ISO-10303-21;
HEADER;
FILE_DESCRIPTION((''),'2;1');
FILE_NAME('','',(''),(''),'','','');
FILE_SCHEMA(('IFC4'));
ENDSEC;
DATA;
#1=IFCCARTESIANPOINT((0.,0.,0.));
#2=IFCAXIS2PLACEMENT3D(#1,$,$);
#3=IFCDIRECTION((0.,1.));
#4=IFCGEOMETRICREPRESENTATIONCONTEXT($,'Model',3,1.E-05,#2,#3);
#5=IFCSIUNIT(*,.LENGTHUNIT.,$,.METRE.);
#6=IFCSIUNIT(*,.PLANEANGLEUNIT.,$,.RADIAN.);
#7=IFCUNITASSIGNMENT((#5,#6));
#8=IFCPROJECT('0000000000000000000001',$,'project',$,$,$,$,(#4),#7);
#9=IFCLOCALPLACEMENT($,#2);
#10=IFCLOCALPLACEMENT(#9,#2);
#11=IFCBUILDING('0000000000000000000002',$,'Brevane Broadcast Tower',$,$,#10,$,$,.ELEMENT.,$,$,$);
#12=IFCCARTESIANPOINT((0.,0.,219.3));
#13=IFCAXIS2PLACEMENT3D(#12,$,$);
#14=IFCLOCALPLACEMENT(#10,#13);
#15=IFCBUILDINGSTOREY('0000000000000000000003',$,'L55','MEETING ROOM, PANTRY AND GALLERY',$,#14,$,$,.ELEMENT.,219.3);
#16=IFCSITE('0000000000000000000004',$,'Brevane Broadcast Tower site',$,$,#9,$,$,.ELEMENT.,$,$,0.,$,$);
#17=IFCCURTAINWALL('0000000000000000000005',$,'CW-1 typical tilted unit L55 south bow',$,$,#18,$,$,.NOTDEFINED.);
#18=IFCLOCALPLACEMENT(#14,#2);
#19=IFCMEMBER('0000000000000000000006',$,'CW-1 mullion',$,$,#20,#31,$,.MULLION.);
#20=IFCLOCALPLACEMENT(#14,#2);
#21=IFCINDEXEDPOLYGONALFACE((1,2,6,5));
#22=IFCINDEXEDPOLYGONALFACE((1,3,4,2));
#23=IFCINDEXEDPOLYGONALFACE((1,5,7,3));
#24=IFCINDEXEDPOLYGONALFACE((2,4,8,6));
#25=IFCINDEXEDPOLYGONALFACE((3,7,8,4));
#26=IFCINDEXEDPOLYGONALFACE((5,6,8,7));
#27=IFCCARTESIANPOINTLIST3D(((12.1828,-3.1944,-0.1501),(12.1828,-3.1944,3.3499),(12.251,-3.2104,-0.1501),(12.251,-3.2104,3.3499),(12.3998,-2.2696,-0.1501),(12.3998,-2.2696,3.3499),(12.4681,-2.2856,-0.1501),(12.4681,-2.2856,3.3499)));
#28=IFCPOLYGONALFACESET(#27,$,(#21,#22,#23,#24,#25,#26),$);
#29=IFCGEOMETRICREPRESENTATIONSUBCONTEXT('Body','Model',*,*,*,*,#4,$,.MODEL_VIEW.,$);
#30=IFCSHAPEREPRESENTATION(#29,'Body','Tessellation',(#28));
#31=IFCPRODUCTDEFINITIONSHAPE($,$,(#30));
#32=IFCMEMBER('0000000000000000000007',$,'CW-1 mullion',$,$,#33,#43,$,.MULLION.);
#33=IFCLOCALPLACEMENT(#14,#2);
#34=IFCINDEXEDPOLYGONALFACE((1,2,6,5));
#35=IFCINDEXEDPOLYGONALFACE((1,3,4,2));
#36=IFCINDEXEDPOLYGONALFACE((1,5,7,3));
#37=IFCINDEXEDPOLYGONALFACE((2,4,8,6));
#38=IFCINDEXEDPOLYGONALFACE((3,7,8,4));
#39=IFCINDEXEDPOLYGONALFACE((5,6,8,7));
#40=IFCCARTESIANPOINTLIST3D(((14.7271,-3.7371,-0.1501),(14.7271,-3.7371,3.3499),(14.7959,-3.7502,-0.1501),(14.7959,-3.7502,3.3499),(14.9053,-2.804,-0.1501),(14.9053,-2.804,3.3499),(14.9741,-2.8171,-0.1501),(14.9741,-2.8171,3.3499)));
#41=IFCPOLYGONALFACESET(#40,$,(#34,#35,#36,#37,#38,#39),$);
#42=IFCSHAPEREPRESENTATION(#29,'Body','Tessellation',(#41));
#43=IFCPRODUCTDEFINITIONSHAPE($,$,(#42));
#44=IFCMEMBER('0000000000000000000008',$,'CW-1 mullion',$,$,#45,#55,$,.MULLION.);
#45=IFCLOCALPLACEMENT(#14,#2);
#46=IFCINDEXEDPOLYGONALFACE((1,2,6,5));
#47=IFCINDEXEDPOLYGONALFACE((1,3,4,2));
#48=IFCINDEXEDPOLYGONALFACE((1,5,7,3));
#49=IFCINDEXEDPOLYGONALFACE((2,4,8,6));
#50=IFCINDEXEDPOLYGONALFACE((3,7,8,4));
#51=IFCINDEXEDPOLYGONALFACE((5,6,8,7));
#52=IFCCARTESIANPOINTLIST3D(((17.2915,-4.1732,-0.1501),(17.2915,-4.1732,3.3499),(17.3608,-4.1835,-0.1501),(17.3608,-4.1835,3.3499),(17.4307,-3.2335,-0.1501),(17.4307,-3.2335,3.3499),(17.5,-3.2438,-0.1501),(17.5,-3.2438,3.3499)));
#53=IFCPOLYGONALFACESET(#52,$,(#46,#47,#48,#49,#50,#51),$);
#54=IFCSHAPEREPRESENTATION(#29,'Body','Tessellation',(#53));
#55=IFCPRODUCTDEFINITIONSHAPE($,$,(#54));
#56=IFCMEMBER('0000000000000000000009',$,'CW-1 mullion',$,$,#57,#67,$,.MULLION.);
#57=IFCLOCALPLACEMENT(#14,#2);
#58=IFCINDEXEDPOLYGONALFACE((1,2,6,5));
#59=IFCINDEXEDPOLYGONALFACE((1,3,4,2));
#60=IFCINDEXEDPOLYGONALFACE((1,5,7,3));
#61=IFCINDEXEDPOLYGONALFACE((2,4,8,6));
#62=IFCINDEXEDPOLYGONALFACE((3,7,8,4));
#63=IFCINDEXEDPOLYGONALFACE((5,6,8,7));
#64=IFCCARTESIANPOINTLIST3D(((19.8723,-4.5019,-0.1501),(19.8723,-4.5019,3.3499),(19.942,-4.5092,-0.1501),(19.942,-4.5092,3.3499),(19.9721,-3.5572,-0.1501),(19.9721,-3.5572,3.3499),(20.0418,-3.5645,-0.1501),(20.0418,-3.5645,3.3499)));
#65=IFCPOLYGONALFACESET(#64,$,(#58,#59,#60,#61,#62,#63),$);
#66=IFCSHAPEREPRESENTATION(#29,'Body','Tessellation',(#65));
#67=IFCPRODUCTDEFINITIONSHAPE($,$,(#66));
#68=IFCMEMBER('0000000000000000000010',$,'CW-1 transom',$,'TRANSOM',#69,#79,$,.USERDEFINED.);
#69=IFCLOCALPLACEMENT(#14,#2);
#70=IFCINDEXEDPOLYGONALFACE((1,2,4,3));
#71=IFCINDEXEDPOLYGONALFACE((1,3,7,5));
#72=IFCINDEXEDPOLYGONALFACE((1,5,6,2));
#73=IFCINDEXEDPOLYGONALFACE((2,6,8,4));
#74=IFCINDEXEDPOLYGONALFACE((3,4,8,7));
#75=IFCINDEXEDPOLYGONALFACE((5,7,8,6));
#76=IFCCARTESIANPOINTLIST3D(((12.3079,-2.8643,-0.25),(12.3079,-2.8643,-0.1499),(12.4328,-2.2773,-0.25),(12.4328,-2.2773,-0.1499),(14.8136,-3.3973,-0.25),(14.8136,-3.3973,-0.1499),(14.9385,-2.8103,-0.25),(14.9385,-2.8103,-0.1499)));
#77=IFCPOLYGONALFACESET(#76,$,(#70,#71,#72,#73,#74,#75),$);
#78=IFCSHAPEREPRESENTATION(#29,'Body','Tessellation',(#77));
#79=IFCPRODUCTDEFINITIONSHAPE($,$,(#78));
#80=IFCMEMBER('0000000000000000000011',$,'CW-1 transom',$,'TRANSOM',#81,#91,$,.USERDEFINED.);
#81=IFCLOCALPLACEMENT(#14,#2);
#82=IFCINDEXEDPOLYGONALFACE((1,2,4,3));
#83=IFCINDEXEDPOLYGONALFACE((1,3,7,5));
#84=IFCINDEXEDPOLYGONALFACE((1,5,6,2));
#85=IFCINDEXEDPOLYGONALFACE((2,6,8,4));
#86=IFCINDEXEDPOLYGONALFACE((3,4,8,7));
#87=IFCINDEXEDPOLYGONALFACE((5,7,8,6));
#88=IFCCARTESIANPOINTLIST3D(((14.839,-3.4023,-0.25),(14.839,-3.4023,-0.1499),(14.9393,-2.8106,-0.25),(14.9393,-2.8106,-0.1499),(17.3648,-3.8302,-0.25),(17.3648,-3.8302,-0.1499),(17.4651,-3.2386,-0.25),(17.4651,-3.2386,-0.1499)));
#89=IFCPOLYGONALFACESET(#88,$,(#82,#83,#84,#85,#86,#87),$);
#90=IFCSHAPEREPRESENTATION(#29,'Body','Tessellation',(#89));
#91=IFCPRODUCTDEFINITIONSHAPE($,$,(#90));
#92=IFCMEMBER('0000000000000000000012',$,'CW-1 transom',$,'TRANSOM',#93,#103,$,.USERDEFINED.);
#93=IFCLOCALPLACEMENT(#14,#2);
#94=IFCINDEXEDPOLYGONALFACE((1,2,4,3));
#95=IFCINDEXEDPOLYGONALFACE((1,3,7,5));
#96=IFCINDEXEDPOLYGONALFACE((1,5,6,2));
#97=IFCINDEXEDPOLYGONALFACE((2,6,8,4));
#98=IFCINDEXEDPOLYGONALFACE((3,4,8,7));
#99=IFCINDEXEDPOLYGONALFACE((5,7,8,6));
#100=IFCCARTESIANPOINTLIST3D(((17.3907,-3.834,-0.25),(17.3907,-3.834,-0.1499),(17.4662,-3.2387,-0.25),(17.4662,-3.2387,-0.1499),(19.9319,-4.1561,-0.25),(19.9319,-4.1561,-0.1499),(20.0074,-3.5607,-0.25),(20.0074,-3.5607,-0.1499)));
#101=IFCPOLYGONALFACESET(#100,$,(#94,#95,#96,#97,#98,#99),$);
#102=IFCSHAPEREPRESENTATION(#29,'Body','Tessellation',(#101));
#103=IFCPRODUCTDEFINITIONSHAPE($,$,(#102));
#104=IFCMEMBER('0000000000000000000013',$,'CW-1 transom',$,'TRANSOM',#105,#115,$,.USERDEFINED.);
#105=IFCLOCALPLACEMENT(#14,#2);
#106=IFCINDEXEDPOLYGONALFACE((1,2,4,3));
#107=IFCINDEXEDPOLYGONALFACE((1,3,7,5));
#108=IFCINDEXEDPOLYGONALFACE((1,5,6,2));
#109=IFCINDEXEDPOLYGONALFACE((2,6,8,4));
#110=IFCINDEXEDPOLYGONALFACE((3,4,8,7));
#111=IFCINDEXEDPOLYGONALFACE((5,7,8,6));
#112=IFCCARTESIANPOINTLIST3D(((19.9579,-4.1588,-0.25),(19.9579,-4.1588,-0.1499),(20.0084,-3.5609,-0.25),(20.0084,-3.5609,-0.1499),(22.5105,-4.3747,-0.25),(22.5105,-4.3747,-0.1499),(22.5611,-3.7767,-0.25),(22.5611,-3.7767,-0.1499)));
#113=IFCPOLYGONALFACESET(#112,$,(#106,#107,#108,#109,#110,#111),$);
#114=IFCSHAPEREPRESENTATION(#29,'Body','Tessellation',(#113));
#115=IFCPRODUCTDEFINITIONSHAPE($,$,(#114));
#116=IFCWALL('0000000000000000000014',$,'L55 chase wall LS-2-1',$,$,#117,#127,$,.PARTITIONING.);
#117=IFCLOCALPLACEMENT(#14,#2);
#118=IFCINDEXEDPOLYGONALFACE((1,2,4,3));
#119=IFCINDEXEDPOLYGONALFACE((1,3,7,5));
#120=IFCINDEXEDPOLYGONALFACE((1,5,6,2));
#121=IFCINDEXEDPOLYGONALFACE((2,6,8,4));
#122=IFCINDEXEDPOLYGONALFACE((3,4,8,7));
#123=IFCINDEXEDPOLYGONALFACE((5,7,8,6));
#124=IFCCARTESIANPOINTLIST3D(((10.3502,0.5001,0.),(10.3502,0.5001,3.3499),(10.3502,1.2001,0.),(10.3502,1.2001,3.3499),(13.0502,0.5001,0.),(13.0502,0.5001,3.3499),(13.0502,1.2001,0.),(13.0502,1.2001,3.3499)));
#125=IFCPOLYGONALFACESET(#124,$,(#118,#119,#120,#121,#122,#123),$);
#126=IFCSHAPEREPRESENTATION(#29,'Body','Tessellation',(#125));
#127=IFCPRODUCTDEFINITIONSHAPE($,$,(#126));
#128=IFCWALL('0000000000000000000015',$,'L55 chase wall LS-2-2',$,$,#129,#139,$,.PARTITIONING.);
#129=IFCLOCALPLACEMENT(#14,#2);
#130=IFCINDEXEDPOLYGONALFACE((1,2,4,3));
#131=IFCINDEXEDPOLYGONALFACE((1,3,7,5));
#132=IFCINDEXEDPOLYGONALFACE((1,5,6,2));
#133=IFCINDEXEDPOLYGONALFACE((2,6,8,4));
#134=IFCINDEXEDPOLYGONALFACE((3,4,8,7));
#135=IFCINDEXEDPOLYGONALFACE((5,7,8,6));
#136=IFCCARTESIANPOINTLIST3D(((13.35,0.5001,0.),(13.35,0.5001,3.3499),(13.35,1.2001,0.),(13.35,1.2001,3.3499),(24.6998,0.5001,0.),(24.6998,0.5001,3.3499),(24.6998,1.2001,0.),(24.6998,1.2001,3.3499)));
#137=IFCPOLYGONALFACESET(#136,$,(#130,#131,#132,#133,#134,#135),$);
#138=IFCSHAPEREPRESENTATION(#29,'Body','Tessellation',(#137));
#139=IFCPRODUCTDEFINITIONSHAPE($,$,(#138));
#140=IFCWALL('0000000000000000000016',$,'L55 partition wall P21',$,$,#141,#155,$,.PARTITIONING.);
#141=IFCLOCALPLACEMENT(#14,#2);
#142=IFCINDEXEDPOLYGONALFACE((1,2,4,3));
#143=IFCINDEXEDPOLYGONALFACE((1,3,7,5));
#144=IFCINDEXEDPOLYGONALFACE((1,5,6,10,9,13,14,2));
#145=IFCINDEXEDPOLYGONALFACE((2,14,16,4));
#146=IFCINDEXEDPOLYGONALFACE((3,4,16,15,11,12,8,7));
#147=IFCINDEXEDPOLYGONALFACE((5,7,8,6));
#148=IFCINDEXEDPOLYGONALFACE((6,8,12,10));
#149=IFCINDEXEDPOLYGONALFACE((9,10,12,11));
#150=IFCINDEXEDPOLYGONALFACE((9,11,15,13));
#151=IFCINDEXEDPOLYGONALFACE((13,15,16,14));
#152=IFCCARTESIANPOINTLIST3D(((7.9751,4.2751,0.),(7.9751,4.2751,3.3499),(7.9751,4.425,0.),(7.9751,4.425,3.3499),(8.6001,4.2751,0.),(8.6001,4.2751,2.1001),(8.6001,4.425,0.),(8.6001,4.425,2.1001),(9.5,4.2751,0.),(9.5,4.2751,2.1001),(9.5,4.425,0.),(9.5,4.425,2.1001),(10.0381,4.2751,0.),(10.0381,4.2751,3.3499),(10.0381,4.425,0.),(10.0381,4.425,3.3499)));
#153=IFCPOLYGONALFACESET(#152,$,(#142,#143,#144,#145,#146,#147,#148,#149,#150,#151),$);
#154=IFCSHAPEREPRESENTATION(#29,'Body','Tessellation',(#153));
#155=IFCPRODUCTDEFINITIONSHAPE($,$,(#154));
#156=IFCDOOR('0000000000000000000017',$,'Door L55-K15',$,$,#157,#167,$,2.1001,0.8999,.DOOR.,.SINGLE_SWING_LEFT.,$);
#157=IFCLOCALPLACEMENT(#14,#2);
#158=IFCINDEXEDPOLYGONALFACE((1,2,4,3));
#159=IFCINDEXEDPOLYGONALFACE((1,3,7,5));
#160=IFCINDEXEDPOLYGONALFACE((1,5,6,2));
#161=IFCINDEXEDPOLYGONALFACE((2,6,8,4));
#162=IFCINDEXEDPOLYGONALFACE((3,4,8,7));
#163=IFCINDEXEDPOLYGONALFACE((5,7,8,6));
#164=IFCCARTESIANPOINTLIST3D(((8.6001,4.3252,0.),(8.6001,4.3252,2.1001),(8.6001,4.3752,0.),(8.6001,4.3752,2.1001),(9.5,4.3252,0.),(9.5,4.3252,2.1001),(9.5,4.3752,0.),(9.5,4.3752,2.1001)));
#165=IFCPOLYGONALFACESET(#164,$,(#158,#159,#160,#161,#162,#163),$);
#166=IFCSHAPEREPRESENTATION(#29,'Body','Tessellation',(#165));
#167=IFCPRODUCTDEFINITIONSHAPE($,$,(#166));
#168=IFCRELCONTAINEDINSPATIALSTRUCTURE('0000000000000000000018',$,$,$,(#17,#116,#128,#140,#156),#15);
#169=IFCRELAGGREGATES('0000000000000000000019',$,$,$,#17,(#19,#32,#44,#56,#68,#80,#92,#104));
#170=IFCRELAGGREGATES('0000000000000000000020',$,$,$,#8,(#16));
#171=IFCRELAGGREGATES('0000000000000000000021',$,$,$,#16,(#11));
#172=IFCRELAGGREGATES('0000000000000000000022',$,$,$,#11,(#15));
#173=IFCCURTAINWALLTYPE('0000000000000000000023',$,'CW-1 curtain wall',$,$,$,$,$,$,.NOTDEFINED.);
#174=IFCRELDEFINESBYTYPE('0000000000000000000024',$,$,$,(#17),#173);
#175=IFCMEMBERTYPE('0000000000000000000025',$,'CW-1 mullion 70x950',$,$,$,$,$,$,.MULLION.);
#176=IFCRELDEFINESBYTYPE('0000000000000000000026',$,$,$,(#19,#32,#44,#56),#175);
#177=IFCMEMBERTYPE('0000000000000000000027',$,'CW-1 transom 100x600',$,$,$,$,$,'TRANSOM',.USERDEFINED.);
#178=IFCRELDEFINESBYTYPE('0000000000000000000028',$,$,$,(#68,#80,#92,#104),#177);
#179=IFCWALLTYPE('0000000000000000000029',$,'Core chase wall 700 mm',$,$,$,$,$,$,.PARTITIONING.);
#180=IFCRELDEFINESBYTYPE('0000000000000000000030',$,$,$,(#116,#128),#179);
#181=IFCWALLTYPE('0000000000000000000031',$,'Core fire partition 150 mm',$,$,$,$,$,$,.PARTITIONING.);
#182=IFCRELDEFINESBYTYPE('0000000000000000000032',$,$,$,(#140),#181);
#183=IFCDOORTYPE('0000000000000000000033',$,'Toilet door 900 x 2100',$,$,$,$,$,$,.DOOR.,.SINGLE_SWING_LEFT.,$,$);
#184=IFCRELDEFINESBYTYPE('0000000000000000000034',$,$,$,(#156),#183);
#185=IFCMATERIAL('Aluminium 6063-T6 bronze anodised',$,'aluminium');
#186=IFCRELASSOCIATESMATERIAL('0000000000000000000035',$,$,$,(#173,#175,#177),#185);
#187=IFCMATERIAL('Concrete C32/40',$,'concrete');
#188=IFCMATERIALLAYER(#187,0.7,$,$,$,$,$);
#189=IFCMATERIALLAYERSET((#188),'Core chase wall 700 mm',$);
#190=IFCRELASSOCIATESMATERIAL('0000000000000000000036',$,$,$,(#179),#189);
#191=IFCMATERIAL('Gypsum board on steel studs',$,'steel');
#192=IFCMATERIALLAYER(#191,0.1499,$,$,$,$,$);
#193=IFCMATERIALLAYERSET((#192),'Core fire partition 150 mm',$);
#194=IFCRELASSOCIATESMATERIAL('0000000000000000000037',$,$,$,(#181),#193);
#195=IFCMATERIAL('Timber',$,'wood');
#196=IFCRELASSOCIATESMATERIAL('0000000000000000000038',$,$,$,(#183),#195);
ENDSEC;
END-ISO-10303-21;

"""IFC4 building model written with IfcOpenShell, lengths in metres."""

from ifc_helpers import new_model, si_unit, direction, frame, frame_2d, origin, origin_2d, place, context, subcontext, project, spatial, rectangle, extrude, material, layer, layer_set, material_profile, profile_set, type_object, element, fill, aggregate, save


model = new_model("IFC4")

# Units and contexts
model_context = context("Model", 3, precision=1e-05, world=origin(), true_north=direction((0.0, 1.0)))
body_context = subcontext(model_context, "Body", "Model", "MODEL_VIEW")
ifc_project = project(units=[si_unit("LENGTHUNIT", "METRE"), si_unit("PLANEANGLEUNIT", "RADIAN")], contexts=[model_context])

# Site, building, storey
site_placement = place(None, origin())
site = spatial("IfcSite", under=ifc_project, at=site_placement, Name="Brevane Broadcast Tower site", CompositionType="ELEMENT", RefElevation=0.0)
building_placement = place(site_placement, origin())
building = spatial("IfcBuilding", under=site, at=building_placement, Name="Brevane Broadcast Tower", CompositionType="ELEMENT")
storey_placement = place(building_placement, frame((0.0, 0.0, 219.3)))
storey = spatial("IfcBuildingStorey", under=building, at=storey_placement, Name="L55", Description="MEETING ROOM, PANTRY AND GALLERY", CompositionType="ELEMENT", Elevation=219.3)

# Curtain wall, members
ifc_material_1 = material(Name="Aluminium 6063-T6 bronze anodised", Category="aluminium")
curtain_wall_type = type_object("IfcCurtainWallType", Name="CW-1 curtain wall", PredefinedType="NOTDEFINED", material=ifc_material_1)
curtain_wall_placement = place(storey_placement, origin())
curtain_wall = element("IfcCurtainWall", 1, at=curtain_wall_placement, inside=storey, type_object=curtain_wall_type, Name="CW-1 typical tilted unit L55 south bow", PredefinedType="NOTDEFINED")
ifc_material_profile_1 = material_profile(ifc_material_1, rectangle(XDim=0.95, YDim=0.0701, at=origin_2d()), Name="RECT 70x950")
ifc_profile_set_1 = profile_set([ifc_material_profile_1], Name="Aluminium 6063-T6 bronze anodised")
member_type_1 = type_object("IfcMemberType", Name="CW-1 mullion 70x950", PredefinedType="MULLION", material=ifc_profile_set_1)
member_1_placement = place(storey_placement, frame((12.3254, -2.74, -0.1501), z_axis=(0.0, 0.0, 1.0), x_axis=(0.228467, 0.973552, 0.0)))
member_1 = element("IfcMember", 2, at=member_1_placement, type_object=member_type_1, Name="CW-1 mullion", PredefinedType="MULLION", context=body_context, shape_type="SweptSolid", body=[
    extrude(rectangle(XDim=0.95, YDim=0.0701, at=origin_2d()), origin(), (0.0, 0.0, 1.0), 3.5),
])
member_2_placement = place(storey_placement, frame((14.8506, -3.2771, -0.1501), z_axis=(0.0, 0.0, 1.0), x_axis=(0.187621, 0.982242, 0.0)))
member_2 = element("IfcMember", 3, at=member_2_placement, type_object=member_type_1, Name="CW-1 mullion", PredefinedType="MULLION", context=body_context, shape_type="SweptSolid", body=[
    extrude(rectangle(XDim=0.95, YDim=0.0701, at=origin_2d()), origin(), (0.0, 0.0, 1.0), 3.5),
])
member_3_placement = place(storey_placement, frame((17.3958, -3.7085, -0.1501), z_axis=(0.0, 0.0, 1.0), x_axis=(0.146447, 0.989218, 0.0)))
member_3 = element("IfcMember", 4, at=member_3_placement, type_object=member_type_1, Name="CW-1 mullion", PredefinedType="MULLION", context=body_context, shape_type="SweptSolid", body=[
    extrude(rectangle(XDim=0.95, YDim=0.0701, at=origin_2d()), origin(), (0.0, 0.0, 1.0), 3.5),
])
member_4_placement = place(storey_placement, frame((19.957, -4.0332, -0.1501), z_axis=(0.0, 0.0, 1.0), x_axis=(0.105018, 0.99447, 0.0)))
member_4 = element("IfcMember", 5, at=member_4_placement, type_object=member_type_1, Name="CW-1 mullion", PredefinedType="MULLION", context=body_context, shape_type="SweptSolid", body=[
    extrude(rectangle(XDim=0.95, YDim=0.0701, at=origin_2d()), origin(), (0.0, 0.0, 1.0), 3.5),
])
ifc_material_profile_2 = material_profile(ifc_material_1, rectangle(XDim=0.6001, YDim=0.1001, at=origin_2d()), Name="RECT 100x600")
ifc_profile_set_2 = profile_set([ifc_material_profile_2], Name="Aluminium 6063-T6 bronze anodised")
member_type_2 = type_object("IfcMemberType", Name="CW-1 transom 100x600", ElementType="TRANSOM", PredefinedType="USERDEFINED", material=ifc_profile_set_2)
member_5_placement = place(storey_placement, frame((12.3704, -2.5708, -0.2), z_axis=(0.978118, -0.208051, 0.0), x_axis=(0.208051, 0.978118, 0.0)))
member_5 = element("IfcMember", 6, at=member_5_placement, type_object=member_type_2, Name="CW-1 transom", ObjectType="TRANSOM", PredefinedType="USERDEFINED", context=body_context, shape_type="SweptSolid", body=[
    extrude(rectangle(XDim=0.6001, YDim=0.1001, at=origin_2d()), origin(), (0.0, 0.0, 1.0), 2.5618),
])
member_6_placement = place(storey_placement, frame((14.8892, -3.1064, -0.2), z_axis=(0.985947, -0.167056, 0.0), x_axis=(0.167056, 0.985947, 0.0)))
member_6 = element("IfcMember", 7, at=member_6_placement, type_object=member_type_2, Name="CW-1 transom", ObjectType="TRANSOM", PredefinedType="USERDEFINED", context=body_context, shape_type="SweptSolid", body=[
    extrude(rectangle(XDim=0.6001, YDim=0.1001, at=origin_2d()), origin(), (0.0, 0.0, 1.0), 2.5618),
])
member_7_placement = place(storey_placement, frame((17.4285, -3.5364, -0.2), z_axis=(0.992067, -0.125712, 0.0), x_axis=(0.125712, 0.992067, 0.0)))
member_7 = element("IfcMember", 8, at=member_7_placement, type_object=member_type_2, Name="CW-1 transom", ObjectType="TRANSOM", PredefinedType="USERDEFINED", context=body_context, shape_type="SweptSolid", body=[
    extrude(rectangle(XDim=0.6001, YDim=0.1001, at=origin_2d()), origin(), (0.0, 0.0, 1.0), 2.5615),
])
member_8_placement = place(storey_placement, frame((19.9832, -3.8599, -0.2), z_axis=(0.996445, -0.084244, 0.0), x_axis=(0.084244, 0.996445, 0.0)))
member_8 = element("IfcMember", 9, at=member_8_placement, type_object=member_type_2, Name="CW-1 transom", ObjectType="TRANSOM", PredefinedType="USERDEFINED", context=body_context, shape_type="SweptSolid", body=[
    extrude(rectangle(XDim=0.6001, YDim=0.1001, at=origin_2d()), origin(), (0.0, 0.0, 1.0), 2.5618),
])
aggregate(curtain_wall, [member_1, member_2, member_3, member_4, member_5, member_6, member_7, member_8])

# Walls
ifc_material_2 = material(Name="Concrete C32/40", Category="concrete")
ifc_layer_1 = layer(ifc_material_2, 0.7)
ifc_layer_set_1 = layer_set([ifc_layer_1], Name="Core chase wall 700 mm")
wall_type_1 = type_object("IfcWallType", Name="Core chase wall 700 mm", PredefinedType="PARTITIONING", material=ifc_layer_set_1)
wall_1_placement = place(storey_placement, frame((10.3501, 0.8501, 0.0), z_axis=(0.0, 0.0, 1.0), x_axis=(1.0, 0.0, 0.0)))
element("IfcWall", 10, at=wall_1_placement, inside=storey, type_object=wall_type_1, Name="L55 chase wall LS-2-1", PredefinedType="PARTITIONING", context=body_context, shape_type="SweptSolid", body=[
    extrude(rectangle(XDim=2.7, YDim=0.7, at=frame_2d((1.3501, 0.0))), origin(), (0.0, 0.0, 1.0), 3.3499),
])
wall_2_placement = place(storey_placement, frame((13.3501, 0.8501, 0.0), z_axis=(0.0, 0.0, 1.0), x_axis=(1.0, 0.0, 0.0)))
element("IfcWall", 11, at=wall_2_placement, inside=storey, type_object=wall_type_1, Name="L55 chase wall LS-2-2", PredefinedType="PARTITIONING", context=body_context, shape_type="SweptSolid", body=[
    extrude(rectangle(XDim=11.3499, YDim=0.7, at=frame_2d((5.6748, 0.0))), origin(), (0.0, 0.0, 1.0), 3.3499),
])

# Wall, opening, door
ifc_material_3 = material(Name="Gypsum board on steel studs", Category="steel")
ifc_layer_2 = layer(ifc_material_3, 0.1499)
ifc_layer_set_2 = layer_set([ifc_layer_2], Name="Core fire partition 150 mm")
wall_type_2 = type_object("IfcWallType", Name="Core fire partition 150 mm", PredefinedType="PARTITIONING", material=ifc_layer_set_2)
wall_3_placement = place(storey_placement, frame((10.0381, 4.3501, 0.0), z_axis=(0.0, 0.0, 1.0), x_axis=(-1.0, 0.0, 0.0)))
wall_3 = element("IfcWall", 12, at=wall_3_placement, inside=storey, type_object=wall_type_2, Name="L55 partition wall P21", PredefinedType="PARTITIONING", context=body_context, shape_type="SweptSolid", body=[
    extrude(rectangle(XDim=2.063, YDim=0.1499, at=frame_2d((1.0315, 0.0))), origin(), (0.0, 0.0, 1.0), 3.3499),
])
opening_1_placement = place(wall_3_placement, frame((0.5381, 0.0, 0.0)))
opening_1 = element("IfcOpeningElement", 13, at=opening_1_placement, cuts=wall_3, PredefinedType="OPENING", context=body_context, shape_type="SweptSolid", body=[
    extrude(rectangle(XDim=0.8999, YDim=2.1001, at=frame_2d((0.45, 1.05))), frame((0.0, 0.085, 0.0), z_axis=(0.0, -1.0, 0.0), x_axis=(1.0, 0.0, 0.0)), (0.0, 0.0, 1.0), 0.1699),
])
ifc_material_4 = material(Name="Timber", Category="wood")
door_type_1 = type_object("IfcDoorType", Name="Toilet door 900 x 2100", OperationType="SINGLE_SWING_LEFT", PredefinedType="DOOR", material=ifc_material_4)
door_1_placement = place(opening_1_placement, origin())
door_1 = element("IfcDoor", 14, at=door_1_placement, inside=storey, type_object=door_type_1, Name="Door L55-K15", OperationType="SINGLE_SWING_LEFT", OverallHeight=2.1001, OverallWidth=0.8999, PredefinedType="DOOR", context=body_context, shape_type="SweptSolid", body=[
    extrude(rectangle(XDim=0.8999, YDim=2.1001, at=frame_2d((0.45, 1.05))), frame((0.0, 0.0249, 0.0), z_axis=(0.0, -1.0, 0.0), x_axis=(1.0, 0.0, 0.0)), (0.0, 0.0, 1.0), 0.05),
])
fill(opening_1, door_1)

save(model, "model.ifc")
